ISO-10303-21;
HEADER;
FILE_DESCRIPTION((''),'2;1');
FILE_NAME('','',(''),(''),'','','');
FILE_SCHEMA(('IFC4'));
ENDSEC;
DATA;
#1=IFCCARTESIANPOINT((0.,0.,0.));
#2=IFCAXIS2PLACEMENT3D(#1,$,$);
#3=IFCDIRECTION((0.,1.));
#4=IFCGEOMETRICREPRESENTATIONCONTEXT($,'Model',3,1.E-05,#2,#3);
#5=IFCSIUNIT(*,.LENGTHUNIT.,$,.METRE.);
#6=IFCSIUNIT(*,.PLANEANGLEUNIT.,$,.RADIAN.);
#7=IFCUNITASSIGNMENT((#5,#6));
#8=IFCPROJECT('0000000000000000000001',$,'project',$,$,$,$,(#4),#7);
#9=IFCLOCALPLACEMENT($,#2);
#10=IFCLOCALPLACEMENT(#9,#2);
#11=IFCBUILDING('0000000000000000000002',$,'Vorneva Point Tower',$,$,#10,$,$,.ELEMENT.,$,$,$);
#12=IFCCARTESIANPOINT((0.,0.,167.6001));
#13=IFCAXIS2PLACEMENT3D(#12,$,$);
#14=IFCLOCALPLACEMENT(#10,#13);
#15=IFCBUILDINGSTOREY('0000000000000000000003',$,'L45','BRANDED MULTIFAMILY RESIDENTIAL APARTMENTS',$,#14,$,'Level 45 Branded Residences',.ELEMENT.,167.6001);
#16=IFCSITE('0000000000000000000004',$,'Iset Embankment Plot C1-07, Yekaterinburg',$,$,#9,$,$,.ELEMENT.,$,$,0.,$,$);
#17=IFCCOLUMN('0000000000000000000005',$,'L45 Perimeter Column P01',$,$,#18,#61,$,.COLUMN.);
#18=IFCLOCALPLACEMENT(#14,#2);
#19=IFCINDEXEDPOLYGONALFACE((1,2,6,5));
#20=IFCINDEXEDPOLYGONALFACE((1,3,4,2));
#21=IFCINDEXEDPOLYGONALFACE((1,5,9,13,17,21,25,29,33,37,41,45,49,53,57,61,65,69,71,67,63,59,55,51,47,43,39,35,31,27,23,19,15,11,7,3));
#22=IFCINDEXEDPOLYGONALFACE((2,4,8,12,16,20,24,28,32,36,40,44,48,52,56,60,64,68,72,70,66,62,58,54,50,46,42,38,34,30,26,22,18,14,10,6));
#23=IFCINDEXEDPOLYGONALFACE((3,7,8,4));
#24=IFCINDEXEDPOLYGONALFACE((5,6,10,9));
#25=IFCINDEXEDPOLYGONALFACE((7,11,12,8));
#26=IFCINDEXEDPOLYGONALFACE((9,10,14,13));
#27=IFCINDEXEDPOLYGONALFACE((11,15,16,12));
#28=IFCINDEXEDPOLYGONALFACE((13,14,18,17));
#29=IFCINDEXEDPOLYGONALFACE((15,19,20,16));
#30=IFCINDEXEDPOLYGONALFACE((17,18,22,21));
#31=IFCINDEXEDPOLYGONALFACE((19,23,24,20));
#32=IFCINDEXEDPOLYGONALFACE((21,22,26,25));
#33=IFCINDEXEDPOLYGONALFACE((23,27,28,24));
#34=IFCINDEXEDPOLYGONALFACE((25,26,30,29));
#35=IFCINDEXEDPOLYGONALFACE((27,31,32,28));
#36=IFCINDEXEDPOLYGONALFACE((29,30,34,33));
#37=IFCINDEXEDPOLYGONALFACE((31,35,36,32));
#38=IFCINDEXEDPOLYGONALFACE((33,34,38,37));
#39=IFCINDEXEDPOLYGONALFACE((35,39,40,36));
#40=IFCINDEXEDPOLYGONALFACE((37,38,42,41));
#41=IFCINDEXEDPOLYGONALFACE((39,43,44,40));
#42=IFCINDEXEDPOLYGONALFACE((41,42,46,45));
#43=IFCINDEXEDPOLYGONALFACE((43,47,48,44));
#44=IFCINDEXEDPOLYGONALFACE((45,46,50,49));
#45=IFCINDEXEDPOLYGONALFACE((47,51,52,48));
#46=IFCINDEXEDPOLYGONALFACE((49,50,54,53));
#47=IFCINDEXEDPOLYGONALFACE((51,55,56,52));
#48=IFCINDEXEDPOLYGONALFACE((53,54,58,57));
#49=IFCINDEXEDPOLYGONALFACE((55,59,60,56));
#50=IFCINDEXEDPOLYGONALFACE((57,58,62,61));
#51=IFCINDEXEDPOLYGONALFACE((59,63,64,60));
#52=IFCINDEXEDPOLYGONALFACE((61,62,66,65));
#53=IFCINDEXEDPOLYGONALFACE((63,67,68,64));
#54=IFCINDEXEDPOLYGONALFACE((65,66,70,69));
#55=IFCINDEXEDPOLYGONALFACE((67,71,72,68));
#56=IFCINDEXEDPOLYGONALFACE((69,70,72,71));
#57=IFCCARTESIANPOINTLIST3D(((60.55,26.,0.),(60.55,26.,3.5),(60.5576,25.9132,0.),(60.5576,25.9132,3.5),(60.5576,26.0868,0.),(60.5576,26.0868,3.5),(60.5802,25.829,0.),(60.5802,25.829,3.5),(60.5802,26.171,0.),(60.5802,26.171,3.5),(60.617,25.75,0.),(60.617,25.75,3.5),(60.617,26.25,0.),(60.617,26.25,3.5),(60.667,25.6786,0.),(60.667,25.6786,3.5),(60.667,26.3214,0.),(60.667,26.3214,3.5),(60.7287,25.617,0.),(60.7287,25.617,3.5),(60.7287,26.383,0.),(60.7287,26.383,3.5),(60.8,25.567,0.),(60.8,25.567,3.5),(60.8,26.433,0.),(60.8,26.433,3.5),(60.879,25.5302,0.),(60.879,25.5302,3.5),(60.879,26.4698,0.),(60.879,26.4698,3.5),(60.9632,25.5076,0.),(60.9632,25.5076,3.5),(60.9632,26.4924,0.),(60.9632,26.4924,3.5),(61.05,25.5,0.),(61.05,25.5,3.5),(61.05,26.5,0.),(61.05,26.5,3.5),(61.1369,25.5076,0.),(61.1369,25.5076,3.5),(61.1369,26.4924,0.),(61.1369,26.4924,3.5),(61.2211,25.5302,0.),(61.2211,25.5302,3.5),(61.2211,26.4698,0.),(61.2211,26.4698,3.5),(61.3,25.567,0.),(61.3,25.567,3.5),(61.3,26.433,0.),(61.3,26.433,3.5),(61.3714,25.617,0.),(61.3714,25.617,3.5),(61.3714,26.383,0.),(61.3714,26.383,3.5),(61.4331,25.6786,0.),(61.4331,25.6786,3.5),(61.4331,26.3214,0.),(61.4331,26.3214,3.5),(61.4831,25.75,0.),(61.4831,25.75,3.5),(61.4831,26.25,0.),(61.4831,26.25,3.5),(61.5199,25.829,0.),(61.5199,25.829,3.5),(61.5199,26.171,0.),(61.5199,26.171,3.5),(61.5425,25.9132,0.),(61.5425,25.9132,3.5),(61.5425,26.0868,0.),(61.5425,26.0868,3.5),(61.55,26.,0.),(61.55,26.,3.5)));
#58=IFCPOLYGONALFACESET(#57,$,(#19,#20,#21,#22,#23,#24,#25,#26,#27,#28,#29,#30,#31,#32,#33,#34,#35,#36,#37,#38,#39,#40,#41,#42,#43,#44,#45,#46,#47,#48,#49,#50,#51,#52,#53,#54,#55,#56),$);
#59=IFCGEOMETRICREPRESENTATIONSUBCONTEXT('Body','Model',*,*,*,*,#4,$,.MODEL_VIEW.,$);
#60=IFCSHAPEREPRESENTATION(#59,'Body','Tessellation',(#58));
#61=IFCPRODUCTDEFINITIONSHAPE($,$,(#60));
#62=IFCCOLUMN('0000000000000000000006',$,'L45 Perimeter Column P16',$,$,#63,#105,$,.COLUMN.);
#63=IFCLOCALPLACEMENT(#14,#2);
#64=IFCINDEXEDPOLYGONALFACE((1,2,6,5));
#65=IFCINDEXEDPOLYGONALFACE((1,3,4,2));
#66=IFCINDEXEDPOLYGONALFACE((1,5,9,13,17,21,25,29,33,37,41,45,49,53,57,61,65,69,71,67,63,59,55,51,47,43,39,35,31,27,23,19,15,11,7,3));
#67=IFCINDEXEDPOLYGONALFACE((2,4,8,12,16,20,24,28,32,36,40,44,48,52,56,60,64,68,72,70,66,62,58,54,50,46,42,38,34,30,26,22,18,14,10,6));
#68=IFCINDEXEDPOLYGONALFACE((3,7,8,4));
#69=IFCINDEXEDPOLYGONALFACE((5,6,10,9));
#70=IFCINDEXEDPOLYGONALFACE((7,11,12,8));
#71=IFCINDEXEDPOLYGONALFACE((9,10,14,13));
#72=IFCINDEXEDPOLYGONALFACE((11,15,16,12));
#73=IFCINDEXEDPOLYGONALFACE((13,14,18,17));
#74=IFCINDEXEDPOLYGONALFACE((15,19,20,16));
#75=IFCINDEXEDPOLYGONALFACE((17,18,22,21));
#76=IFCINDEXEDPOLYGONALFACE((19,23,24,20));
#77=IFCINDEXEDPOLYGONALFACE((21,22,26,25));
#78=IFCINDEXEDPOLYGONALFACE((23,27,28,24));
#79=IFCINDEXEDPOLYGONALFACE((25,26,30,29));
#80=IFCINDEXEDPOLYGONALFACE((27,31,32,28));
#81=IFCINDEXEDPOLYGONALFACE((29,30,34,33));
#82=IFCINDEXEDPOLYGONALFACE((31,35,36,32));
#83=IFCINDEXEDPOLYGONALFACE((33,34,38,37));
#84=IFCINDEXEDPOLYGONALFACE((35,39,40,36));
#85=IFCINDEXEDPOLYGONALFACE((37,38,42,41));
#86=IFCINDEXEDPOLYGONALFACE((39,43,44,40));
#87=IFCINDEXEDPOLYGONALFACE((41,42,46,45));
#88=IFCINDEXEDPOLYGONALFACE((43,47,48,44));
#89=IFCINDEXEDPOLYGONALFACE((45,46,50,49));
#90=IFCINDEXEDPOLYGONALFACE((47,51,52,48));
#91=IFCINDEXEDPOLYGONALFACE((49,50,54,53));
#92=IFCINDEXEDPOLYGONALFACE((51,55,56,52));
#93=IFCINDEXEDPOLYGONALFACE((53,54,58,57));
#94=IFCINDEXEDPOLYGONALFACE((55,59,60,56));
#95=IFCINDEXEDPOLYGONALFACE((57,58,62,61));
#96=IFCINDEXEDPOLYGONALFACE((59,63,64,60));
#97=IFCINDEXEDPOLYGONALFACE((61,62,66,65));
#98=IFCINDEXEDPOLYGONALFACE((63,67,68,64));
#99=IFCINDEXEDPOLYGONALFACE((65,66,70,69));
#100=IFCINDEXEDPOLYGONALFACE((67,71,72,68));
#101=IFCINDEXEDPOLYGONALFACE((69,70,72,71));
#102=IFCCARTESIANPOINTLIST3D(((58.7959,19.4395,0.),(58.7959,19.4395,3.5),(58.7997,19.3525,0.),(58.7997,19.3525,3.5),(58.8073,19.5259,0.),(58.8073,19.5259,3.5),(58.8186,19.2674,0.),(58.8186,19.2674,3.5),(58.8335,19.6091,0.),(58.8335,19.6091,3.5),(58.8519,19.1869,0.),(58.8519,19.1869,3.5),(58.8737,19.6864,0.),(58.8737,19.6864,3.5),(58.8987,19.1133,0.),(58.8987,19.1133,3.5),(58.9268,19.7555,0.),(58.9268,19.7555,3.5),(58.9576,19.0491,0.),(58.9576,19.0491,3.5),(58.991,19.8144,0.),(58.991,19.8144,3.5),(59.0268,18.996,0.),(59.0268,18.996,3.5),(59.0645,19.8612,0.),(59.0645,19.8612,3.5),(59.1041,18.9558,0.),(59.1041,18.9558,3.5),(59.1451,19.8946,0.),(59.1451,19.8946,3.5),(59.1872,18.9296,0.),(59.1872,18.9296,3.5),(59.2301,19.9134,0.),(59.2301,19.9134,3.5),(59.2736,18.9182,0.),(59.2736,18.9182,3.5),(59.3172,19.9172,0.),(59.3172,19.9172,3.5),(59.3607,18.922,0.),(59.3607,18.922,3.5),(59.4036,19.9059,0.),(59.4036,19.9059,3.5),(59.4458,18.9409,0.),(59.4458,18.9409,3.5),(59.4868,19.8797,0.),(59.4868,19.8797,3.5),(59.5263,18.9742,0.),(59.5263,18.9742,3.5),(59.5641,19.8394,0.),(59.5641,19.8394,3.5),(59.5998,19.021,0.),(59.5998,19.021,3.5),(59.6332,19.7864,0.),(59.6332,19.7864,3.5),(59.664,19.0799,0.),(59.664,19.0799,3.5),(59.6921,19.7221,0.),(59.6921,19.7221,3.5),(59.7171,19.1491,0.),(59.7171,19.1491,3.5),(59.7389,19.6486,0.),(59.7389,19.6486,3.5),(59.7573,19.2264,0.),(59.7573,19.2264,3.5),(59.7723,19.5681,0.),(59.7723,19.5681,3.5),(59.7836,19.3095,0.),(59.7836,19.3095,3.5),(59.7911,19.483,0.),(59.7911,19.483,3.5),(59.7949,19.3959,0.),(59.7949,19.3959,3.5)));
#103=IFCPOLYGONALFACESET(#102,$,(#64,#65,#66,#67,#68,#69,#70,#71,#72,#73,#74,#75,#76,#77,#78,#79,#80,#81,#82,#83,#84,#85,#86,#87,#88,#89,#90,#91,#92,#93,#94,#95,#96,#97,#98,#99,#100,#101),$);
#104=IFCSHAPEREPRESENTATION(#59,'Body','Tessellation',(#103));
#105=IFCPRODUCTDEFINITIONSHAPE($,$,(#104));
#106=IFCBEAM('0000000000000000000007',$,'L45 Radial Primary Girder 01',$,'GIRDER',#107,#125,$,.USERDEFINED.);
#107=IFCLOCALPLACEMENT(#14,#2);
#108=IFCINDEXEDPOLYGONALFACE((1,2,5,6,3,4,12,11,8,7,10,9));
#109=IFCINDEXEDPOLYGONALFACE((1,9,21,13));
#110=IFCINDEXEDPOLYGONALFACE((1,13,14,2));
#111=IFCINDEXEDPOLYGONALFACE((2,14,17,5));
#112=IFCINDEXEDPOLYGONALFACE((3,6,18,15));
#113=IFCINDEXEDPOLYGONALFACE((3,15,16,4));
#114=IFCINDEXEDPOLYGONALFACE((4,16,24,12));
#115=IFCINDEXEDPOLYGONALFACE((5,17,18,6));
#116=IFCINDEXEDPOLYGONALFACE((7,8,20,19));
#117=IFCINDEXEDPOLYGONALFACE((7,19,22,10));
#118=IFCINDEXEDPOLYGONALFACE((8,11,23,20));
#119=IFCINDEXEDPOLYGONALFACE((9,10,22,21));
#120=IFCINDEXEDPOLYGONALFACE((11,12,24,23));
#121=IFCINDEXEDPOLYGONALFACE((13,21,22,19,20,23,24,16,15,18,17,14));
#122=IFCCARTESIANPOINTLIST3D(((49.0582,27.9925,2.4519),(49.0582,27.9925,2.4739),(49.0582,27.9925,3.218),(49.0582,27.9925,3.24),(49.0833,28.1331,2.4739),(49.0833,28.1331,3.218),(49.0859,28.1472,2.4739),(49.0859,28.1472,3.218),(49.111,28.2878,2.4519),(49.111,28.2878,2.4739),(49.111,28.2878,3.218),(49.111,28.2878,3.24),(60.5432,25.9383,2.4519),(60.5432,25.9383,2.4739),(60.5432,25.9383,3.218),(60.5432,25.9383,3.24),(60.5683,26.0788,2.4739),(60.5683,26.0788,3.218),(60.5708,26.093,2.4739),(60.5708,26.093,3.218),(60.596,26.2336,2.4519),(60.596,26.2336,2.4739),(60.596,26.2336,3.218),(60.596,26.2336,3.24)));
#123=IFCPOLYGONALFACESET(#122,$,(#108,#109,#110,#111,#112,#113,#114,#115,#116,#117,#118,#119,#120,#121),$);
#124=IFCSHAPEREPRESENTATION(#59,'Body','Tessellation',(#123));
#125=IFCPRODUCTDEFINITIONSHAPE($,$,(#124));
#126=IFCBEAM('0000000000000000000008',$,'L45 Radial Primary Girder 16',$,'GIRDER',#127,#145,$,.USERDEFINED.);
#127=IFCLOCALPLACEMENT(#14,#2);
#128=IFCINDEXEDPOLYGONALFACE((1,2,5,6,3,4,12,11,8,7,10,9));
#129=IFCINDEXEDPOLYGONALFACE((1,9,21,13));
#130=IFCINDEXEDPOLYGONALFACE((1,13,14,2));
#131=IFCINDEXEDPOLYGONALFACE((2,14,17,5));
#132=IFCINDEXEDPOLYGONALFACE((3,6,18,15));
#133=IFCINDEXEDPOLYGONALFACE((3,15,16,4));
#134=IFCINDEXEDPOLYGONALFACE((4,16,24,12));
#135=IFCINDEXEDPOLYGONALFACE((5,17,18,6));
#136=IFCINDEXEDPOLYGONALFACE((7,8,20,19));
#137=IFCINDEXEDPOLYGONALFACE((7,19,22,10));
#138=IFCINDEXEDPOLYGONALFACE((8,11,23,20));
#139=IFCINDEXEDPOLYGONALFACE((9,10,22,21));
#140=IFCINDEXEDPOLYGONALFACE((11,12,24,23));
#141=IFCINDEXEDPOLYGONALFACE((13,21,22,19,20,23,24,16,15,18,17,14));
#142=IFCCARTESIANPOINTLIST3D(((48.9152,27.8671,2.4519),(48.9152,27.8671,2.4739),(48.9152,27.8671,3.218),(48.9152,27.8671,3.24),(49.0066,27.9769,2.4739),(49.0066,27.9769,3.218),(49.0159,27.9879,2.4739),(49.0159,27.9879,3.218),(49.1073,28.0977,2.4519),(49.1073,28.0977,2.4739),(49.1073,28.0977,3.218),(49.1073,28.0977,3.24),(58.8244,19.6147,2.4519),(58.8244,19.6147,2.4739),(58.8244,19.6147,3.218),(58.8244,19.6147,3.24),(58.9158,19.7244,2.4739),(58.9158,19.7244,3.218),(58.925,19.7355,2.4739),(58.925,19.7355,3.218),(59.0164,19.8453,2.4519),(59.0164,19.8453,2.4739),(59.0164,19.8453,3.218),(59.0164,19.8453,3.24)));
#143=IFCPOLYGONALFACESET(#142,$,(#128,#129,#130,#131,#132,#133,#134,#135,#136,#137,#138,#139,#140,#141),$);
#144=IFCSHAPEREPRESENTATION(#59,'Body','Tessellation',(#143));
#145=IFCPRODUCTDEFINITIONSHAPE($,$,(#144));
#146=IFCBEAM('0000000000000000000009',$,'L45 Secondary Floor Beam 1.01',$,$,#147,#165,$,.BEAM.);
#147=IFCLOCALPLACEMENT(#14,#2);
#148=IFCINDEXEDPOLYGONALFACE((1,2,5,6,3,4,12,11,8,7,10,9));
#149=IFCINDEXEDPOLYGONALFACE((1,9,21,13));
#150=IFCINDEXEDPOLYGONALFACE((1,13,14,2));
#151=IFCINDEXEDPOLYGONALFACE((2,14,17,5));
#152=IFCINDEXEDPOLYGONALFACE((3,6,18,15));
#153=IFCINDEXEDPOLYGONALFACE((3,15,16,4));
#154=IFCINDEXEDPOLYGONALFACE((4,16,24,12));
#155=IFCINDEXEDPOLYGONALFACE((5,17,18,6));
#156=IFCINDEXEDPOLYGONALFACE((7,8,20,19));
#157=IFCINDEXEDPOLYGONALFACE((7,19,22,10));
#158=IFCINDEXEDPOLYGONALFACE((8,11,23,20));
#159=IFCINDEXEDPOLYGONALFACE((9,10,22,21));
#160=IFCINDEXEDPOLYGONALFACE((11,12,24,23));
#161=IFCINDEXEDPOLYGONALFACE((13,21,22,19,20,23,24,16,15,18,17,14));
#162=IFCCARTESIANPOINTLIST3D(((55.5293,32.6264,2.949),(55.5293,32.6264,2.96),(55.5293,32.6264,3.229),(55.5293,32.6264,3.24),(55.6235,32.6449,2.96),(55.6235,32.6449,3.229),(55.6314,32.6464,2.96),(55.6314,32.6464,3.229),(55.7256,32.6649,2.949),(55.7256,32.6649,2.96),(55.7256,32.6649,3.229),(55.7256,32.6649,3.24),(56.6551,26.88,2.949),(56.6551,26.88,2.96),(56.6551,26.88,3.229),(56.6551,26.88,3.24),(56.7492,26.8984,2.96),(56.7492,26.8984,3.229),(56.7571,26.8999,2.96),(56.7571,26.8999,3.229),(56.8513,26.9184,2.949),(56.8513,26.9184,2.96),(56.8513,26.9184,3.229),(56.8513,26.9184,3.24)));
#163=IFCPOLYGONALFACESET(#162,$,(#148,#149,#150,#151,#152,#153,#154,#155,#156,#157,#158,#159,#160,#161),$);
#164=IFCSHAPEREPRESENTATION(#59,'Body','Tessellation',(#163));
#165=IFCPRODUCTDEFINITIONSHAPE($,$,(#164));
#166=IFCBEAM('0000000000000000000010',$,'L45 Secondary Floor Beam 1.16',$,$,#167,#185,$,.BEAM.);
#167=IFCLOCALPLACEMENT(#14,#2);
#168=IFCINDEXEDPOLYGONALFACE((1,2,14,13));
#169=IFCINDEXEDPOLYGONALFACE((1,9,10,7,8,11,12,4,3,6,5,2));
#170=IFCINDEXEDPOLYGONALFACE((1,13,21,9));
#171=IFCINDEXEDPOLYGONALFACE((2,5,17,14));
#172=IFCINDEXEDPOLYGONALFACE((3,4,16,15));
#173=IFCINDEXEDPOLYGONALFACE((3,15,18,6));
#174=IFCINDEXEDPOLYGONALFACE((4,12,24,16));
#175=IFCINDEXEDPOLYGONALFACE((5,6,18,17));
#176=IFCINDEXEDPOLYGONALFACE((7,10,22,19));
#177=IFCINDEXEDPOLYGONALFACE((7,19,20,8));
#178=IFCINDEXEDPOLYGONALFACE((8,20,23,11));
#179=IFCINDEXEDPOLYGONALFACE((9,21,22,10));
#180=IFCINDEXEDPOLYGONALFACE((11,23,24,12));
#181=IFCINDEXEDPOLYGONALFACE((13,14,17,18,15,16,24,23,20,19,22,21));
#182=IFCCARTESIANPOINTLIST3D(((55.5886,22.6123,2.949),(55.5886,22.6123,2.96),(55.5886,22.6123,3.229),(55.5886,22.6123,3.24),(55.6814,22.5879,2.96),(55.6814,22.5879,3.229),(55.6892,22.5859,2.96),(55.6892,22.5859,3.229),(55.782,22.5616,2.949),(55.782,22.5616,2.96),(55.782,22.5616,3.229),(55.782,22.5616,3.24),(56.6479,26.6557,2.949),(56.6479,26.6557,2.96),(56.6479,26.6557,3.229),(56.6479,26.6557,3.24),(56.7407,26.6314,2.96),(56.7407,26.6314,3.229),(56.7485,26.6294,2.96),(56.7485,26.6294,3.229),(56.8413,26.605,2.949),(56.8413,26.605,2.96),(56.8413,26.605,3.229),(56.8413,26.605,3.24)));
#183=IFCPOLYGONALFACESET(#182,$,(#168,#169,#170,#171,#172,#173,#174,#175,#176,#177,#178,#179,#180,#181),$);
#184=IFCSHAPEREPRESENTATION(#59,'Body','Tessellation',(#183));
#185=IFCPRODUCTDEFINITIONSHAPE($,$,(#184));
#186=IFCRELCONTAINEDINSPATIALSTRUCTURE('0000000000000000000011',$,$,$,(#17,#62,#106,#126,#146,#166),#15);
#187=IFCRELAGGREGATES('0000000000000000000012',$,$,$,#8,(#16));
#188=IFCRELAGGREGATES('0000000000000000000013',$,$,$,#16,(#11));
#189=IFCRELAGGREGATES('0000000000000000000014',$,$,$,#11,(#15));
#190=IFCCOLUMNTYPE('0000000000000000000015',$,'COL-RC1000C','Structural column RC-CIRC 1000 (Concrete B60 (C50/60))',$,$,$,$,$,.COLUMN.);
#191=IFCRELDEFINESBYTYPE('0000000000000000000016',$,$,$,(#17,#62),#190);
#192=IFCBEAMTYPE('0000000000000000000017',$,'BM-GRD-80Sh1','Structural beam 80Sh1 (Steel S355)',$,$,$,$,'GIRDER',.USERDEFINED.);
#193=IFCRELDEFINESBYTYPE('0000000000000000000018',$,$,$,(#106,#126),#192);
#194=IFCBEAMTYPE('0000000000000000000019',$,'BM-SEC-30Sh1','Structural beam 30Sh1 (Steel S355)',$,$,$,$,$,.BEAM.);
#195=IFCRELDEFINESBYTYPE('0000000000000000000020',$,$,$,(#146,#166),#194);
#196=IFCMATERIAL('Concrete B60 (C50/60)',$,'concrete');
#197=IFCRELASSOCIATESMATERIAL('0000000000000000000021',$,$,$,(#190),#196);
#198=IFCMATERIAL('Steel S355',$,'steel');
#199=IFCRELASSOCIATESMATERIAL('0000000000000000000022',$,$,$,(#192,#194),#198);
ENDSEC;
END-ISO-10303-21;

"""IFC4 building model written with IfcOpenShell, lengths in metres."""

from ifc_helpers import new_model, si_unit, direction, frame, origin, origin_2d, place, context, subcontext, project, spatial, circle, i_section, extrude, material, material_profile, profile_set, type_object, element, save


model = new_model("IFC4")

# Units and contexts
model_context = context("Model", 3, precision=1e-05, world=origin(), true_north=direction((0.0, 1.0)))
body_context = subcontext(model_context, "Body", "Model", "MODEL_VIEW")
ifc_project = project(units=[si_unit("LENGTHUNIT", "METRE"), si_unit("PLANEANGLEUNIT", "RADIAN")], contexts=[model_context])

# Site, building, storey
site_placement = place(None, origin())
site = spatial("IfcSite", under=ifc_project, at=site_placement, Name="Iset Embankment Plot C1-07, Yekaterinburg", CompositionType="ELEMENT", RefElevation=0.0)
building_placement = place(site_placement, origin())
building = spatial("IfcBuilding", under=site, at=building_placement, Name="Vorneva Point Tower", CompositionType="ELEMENT")
storey_placement = place(building_placement, frame((0.0, 0.0, 167.6001)))
storey = spatial("IfcBuildingStorey", under=building, at=storey_placement, Name="L45", Description="BRANDED MULTIFAMILY RESIDENTIAL APARTMENTS", LongName="Level 45 Branded Residences", CompositionType="ELEMENT", Elevation=167.6001)

# Columns
ifc_material_1 = material(Name="Concrete B60 (C50/60)", Category="concrete")
ifc_material_profile_1 = material_profile(ifc_material_1, circle(Radius=0.5, at=origin_2d()), Name="RC-CIRC 1000")
ifc_profile_set_1 = profile_set([ifc_material_profile_1], Name="Concrete B60 (C50/60)")
column_type = type_object("IfcColumnType", Name="COL-RC1000C", Description="Structural column RC-CIRC 1000 (Concrete B60 (C50/60))", PredefinedType="COLUMN", material=ifc_profile_set_1)
for number, where, z_axis, x_axis, name in (
    (1, (61.05, 26.0, 0.0), (0.0, 0.0, 1.0), (1.0, 0.0, 0.0), "L45 Perimeter Column P01"),
    (2, (59.2954, 19.4177, 0.0), (0.0, 0.0, 1.0), (0.92388, -0.382683, 0.0), "L45 Perimeter Column P16"),
):
    element("IfcColumn", number, at=place(storey_placement, frame(where, z_axis=z_axis, x_axis=x_axis)), inside=storey, type_object=column_type, Name=name, PredefinedType="COLUMN", context=body_context, shape_type="SweptSolid", body=[
        extrude(circle(Radius=0.5, at=origin_2d()), origin(), (0.0, 0.0, 1.0), 3.5),
    ])

# Beams
ifc_material_2 = material(Name="Steel S355", Category="steel")
ifc_material_profile_2 = material_profile(ifc_material_2, i_section(OverallWidth=0.3, OverallDepth=0.7881, WebThickness=0.0144, FlangeThickness=0.022, at=origin_2d()), Name="80Sh1")
ifc_profile_set_2 = profile_set([ifc_material_profile_2], Name="Steel S355")
beam_type_1 = type_object("IfcBeamType", Name="BM-GRD-80Sh1", Description="Structural beam 80Sh1 (Steel S355)", ElementType="GIRDER", PredefinedType="USERDEFINED", material=ifc_profile_set_2)
beam_1_placement = place(storey_placement, frame((60.5696, 26.0859, 2.8459), z_axis=(-0.984378, 0.176067, 0.0), x_axis=(-0.176067, -0.984378, 0.0)))
element("IfcBeam", 3, at=beam_1_placement, inside=storey, type_object=beam_type_1, Name="L45 Radial Primary Girder 01", ObjectType="GIRDER", PredefinedType="USERDEFINED", context=body_context, shape_type="SweptSolid", body=[
    extrude(i_section(OverallWidth=0.3, OverallDepth=0.7881, WebThickness=0.0144, FlangeThickness=0.022, at=origin_2d()), origin(), (0.0, 0.0, 1.0), 11.6672),
])
beam_2_placement = place(storey_placement, frame((58.9204, 19.73, 2.8459), z_axis=(-0.76842, 0.639946, 0.0), x_axis=(-0.639946, -0.76842, 0.0)))
element("IfcBeam", 4, at=beam_2_placement, inside=storey, type_object=beam_type_1, Name="L45 Radial Primary Girder 16", ObjectType="GIRDER", PredefinedType="USERDEFINED", context=body_context, shape_type="SweptSolid", body=[
    extrude(i_section(OverallWidth=0.3, OverallDepth=0.7881, WebThickness=0.0144, FlangeThickness=0.022, at=origin_2d()), origin(), (0.0, 0.0, 1.0), 12.8955),
])
ifc_material_profile_3 = material_profile(ifc_material_2, i_section(OverallWidth=0.2, OverallDepth=0.291, WebThickness=0.0081, FlangeThickness=0.011, at=origin_2d()), Name="30Sh1")
ifc_profile_set_3 = profile_set([ifc_material_profile_3], Name="Steel S355")
beam_type_2 = type_object("IfcBeamType", Name="BM-SEC-30Sh1", Description="Structural beam 30Sh1 (Steel S355)", PredefinedType="BEAM", material=ifc_profile_set_3)
beam_3_placement = place(storey_placement, frame((56.7532, 26.8992, 3.0945), z_axis=(-0.192242, 0.981348, 0.0), x_axis=(-0.981348, -0.192242, 0.0)))
element("IfcBeam", 5, at=beam_3_placement, inside=storey, type_object=beam_type_2, Name="L45 Secondary Floor Beam 1.01", PredefinedType="BEAM", context=body_context, shape_type="SweptSolid", body=[
    extrude(i_section(OverallWidth=0.2, OverallDepth=0.291, WebThickness=0.0081, FlangeThickness=0.011, at=origin_2d()), origin(), (0.0, 0.0, 1.0), 5.8557),
])
beam_4_placement = place(storey_placement, frame((55.6853, 22.5869, 3.0945), z_axis=(0.253432, 0.967353, 0.0), x_axis=(-0.967353, 0.253432, 0.0)))
element("IfcBeam", 6, at=beam_4_placement, inside=storey, type_object=beam_type_2, Name="L45 Secondary Floor Beam 1.16", PredefinedType="BEAM", context=body_context, shape_type="SweptSolid", body=[
    extrude(i_section(OverallWidth=0.2, OverallDepth=0.291, WebThickness=0.0081, FlangeThickness=0.011, at=origin_2d()), origin(), (0.0, 0.0, 1.0), 4.1799),
])

save(model, "model.ifc")
